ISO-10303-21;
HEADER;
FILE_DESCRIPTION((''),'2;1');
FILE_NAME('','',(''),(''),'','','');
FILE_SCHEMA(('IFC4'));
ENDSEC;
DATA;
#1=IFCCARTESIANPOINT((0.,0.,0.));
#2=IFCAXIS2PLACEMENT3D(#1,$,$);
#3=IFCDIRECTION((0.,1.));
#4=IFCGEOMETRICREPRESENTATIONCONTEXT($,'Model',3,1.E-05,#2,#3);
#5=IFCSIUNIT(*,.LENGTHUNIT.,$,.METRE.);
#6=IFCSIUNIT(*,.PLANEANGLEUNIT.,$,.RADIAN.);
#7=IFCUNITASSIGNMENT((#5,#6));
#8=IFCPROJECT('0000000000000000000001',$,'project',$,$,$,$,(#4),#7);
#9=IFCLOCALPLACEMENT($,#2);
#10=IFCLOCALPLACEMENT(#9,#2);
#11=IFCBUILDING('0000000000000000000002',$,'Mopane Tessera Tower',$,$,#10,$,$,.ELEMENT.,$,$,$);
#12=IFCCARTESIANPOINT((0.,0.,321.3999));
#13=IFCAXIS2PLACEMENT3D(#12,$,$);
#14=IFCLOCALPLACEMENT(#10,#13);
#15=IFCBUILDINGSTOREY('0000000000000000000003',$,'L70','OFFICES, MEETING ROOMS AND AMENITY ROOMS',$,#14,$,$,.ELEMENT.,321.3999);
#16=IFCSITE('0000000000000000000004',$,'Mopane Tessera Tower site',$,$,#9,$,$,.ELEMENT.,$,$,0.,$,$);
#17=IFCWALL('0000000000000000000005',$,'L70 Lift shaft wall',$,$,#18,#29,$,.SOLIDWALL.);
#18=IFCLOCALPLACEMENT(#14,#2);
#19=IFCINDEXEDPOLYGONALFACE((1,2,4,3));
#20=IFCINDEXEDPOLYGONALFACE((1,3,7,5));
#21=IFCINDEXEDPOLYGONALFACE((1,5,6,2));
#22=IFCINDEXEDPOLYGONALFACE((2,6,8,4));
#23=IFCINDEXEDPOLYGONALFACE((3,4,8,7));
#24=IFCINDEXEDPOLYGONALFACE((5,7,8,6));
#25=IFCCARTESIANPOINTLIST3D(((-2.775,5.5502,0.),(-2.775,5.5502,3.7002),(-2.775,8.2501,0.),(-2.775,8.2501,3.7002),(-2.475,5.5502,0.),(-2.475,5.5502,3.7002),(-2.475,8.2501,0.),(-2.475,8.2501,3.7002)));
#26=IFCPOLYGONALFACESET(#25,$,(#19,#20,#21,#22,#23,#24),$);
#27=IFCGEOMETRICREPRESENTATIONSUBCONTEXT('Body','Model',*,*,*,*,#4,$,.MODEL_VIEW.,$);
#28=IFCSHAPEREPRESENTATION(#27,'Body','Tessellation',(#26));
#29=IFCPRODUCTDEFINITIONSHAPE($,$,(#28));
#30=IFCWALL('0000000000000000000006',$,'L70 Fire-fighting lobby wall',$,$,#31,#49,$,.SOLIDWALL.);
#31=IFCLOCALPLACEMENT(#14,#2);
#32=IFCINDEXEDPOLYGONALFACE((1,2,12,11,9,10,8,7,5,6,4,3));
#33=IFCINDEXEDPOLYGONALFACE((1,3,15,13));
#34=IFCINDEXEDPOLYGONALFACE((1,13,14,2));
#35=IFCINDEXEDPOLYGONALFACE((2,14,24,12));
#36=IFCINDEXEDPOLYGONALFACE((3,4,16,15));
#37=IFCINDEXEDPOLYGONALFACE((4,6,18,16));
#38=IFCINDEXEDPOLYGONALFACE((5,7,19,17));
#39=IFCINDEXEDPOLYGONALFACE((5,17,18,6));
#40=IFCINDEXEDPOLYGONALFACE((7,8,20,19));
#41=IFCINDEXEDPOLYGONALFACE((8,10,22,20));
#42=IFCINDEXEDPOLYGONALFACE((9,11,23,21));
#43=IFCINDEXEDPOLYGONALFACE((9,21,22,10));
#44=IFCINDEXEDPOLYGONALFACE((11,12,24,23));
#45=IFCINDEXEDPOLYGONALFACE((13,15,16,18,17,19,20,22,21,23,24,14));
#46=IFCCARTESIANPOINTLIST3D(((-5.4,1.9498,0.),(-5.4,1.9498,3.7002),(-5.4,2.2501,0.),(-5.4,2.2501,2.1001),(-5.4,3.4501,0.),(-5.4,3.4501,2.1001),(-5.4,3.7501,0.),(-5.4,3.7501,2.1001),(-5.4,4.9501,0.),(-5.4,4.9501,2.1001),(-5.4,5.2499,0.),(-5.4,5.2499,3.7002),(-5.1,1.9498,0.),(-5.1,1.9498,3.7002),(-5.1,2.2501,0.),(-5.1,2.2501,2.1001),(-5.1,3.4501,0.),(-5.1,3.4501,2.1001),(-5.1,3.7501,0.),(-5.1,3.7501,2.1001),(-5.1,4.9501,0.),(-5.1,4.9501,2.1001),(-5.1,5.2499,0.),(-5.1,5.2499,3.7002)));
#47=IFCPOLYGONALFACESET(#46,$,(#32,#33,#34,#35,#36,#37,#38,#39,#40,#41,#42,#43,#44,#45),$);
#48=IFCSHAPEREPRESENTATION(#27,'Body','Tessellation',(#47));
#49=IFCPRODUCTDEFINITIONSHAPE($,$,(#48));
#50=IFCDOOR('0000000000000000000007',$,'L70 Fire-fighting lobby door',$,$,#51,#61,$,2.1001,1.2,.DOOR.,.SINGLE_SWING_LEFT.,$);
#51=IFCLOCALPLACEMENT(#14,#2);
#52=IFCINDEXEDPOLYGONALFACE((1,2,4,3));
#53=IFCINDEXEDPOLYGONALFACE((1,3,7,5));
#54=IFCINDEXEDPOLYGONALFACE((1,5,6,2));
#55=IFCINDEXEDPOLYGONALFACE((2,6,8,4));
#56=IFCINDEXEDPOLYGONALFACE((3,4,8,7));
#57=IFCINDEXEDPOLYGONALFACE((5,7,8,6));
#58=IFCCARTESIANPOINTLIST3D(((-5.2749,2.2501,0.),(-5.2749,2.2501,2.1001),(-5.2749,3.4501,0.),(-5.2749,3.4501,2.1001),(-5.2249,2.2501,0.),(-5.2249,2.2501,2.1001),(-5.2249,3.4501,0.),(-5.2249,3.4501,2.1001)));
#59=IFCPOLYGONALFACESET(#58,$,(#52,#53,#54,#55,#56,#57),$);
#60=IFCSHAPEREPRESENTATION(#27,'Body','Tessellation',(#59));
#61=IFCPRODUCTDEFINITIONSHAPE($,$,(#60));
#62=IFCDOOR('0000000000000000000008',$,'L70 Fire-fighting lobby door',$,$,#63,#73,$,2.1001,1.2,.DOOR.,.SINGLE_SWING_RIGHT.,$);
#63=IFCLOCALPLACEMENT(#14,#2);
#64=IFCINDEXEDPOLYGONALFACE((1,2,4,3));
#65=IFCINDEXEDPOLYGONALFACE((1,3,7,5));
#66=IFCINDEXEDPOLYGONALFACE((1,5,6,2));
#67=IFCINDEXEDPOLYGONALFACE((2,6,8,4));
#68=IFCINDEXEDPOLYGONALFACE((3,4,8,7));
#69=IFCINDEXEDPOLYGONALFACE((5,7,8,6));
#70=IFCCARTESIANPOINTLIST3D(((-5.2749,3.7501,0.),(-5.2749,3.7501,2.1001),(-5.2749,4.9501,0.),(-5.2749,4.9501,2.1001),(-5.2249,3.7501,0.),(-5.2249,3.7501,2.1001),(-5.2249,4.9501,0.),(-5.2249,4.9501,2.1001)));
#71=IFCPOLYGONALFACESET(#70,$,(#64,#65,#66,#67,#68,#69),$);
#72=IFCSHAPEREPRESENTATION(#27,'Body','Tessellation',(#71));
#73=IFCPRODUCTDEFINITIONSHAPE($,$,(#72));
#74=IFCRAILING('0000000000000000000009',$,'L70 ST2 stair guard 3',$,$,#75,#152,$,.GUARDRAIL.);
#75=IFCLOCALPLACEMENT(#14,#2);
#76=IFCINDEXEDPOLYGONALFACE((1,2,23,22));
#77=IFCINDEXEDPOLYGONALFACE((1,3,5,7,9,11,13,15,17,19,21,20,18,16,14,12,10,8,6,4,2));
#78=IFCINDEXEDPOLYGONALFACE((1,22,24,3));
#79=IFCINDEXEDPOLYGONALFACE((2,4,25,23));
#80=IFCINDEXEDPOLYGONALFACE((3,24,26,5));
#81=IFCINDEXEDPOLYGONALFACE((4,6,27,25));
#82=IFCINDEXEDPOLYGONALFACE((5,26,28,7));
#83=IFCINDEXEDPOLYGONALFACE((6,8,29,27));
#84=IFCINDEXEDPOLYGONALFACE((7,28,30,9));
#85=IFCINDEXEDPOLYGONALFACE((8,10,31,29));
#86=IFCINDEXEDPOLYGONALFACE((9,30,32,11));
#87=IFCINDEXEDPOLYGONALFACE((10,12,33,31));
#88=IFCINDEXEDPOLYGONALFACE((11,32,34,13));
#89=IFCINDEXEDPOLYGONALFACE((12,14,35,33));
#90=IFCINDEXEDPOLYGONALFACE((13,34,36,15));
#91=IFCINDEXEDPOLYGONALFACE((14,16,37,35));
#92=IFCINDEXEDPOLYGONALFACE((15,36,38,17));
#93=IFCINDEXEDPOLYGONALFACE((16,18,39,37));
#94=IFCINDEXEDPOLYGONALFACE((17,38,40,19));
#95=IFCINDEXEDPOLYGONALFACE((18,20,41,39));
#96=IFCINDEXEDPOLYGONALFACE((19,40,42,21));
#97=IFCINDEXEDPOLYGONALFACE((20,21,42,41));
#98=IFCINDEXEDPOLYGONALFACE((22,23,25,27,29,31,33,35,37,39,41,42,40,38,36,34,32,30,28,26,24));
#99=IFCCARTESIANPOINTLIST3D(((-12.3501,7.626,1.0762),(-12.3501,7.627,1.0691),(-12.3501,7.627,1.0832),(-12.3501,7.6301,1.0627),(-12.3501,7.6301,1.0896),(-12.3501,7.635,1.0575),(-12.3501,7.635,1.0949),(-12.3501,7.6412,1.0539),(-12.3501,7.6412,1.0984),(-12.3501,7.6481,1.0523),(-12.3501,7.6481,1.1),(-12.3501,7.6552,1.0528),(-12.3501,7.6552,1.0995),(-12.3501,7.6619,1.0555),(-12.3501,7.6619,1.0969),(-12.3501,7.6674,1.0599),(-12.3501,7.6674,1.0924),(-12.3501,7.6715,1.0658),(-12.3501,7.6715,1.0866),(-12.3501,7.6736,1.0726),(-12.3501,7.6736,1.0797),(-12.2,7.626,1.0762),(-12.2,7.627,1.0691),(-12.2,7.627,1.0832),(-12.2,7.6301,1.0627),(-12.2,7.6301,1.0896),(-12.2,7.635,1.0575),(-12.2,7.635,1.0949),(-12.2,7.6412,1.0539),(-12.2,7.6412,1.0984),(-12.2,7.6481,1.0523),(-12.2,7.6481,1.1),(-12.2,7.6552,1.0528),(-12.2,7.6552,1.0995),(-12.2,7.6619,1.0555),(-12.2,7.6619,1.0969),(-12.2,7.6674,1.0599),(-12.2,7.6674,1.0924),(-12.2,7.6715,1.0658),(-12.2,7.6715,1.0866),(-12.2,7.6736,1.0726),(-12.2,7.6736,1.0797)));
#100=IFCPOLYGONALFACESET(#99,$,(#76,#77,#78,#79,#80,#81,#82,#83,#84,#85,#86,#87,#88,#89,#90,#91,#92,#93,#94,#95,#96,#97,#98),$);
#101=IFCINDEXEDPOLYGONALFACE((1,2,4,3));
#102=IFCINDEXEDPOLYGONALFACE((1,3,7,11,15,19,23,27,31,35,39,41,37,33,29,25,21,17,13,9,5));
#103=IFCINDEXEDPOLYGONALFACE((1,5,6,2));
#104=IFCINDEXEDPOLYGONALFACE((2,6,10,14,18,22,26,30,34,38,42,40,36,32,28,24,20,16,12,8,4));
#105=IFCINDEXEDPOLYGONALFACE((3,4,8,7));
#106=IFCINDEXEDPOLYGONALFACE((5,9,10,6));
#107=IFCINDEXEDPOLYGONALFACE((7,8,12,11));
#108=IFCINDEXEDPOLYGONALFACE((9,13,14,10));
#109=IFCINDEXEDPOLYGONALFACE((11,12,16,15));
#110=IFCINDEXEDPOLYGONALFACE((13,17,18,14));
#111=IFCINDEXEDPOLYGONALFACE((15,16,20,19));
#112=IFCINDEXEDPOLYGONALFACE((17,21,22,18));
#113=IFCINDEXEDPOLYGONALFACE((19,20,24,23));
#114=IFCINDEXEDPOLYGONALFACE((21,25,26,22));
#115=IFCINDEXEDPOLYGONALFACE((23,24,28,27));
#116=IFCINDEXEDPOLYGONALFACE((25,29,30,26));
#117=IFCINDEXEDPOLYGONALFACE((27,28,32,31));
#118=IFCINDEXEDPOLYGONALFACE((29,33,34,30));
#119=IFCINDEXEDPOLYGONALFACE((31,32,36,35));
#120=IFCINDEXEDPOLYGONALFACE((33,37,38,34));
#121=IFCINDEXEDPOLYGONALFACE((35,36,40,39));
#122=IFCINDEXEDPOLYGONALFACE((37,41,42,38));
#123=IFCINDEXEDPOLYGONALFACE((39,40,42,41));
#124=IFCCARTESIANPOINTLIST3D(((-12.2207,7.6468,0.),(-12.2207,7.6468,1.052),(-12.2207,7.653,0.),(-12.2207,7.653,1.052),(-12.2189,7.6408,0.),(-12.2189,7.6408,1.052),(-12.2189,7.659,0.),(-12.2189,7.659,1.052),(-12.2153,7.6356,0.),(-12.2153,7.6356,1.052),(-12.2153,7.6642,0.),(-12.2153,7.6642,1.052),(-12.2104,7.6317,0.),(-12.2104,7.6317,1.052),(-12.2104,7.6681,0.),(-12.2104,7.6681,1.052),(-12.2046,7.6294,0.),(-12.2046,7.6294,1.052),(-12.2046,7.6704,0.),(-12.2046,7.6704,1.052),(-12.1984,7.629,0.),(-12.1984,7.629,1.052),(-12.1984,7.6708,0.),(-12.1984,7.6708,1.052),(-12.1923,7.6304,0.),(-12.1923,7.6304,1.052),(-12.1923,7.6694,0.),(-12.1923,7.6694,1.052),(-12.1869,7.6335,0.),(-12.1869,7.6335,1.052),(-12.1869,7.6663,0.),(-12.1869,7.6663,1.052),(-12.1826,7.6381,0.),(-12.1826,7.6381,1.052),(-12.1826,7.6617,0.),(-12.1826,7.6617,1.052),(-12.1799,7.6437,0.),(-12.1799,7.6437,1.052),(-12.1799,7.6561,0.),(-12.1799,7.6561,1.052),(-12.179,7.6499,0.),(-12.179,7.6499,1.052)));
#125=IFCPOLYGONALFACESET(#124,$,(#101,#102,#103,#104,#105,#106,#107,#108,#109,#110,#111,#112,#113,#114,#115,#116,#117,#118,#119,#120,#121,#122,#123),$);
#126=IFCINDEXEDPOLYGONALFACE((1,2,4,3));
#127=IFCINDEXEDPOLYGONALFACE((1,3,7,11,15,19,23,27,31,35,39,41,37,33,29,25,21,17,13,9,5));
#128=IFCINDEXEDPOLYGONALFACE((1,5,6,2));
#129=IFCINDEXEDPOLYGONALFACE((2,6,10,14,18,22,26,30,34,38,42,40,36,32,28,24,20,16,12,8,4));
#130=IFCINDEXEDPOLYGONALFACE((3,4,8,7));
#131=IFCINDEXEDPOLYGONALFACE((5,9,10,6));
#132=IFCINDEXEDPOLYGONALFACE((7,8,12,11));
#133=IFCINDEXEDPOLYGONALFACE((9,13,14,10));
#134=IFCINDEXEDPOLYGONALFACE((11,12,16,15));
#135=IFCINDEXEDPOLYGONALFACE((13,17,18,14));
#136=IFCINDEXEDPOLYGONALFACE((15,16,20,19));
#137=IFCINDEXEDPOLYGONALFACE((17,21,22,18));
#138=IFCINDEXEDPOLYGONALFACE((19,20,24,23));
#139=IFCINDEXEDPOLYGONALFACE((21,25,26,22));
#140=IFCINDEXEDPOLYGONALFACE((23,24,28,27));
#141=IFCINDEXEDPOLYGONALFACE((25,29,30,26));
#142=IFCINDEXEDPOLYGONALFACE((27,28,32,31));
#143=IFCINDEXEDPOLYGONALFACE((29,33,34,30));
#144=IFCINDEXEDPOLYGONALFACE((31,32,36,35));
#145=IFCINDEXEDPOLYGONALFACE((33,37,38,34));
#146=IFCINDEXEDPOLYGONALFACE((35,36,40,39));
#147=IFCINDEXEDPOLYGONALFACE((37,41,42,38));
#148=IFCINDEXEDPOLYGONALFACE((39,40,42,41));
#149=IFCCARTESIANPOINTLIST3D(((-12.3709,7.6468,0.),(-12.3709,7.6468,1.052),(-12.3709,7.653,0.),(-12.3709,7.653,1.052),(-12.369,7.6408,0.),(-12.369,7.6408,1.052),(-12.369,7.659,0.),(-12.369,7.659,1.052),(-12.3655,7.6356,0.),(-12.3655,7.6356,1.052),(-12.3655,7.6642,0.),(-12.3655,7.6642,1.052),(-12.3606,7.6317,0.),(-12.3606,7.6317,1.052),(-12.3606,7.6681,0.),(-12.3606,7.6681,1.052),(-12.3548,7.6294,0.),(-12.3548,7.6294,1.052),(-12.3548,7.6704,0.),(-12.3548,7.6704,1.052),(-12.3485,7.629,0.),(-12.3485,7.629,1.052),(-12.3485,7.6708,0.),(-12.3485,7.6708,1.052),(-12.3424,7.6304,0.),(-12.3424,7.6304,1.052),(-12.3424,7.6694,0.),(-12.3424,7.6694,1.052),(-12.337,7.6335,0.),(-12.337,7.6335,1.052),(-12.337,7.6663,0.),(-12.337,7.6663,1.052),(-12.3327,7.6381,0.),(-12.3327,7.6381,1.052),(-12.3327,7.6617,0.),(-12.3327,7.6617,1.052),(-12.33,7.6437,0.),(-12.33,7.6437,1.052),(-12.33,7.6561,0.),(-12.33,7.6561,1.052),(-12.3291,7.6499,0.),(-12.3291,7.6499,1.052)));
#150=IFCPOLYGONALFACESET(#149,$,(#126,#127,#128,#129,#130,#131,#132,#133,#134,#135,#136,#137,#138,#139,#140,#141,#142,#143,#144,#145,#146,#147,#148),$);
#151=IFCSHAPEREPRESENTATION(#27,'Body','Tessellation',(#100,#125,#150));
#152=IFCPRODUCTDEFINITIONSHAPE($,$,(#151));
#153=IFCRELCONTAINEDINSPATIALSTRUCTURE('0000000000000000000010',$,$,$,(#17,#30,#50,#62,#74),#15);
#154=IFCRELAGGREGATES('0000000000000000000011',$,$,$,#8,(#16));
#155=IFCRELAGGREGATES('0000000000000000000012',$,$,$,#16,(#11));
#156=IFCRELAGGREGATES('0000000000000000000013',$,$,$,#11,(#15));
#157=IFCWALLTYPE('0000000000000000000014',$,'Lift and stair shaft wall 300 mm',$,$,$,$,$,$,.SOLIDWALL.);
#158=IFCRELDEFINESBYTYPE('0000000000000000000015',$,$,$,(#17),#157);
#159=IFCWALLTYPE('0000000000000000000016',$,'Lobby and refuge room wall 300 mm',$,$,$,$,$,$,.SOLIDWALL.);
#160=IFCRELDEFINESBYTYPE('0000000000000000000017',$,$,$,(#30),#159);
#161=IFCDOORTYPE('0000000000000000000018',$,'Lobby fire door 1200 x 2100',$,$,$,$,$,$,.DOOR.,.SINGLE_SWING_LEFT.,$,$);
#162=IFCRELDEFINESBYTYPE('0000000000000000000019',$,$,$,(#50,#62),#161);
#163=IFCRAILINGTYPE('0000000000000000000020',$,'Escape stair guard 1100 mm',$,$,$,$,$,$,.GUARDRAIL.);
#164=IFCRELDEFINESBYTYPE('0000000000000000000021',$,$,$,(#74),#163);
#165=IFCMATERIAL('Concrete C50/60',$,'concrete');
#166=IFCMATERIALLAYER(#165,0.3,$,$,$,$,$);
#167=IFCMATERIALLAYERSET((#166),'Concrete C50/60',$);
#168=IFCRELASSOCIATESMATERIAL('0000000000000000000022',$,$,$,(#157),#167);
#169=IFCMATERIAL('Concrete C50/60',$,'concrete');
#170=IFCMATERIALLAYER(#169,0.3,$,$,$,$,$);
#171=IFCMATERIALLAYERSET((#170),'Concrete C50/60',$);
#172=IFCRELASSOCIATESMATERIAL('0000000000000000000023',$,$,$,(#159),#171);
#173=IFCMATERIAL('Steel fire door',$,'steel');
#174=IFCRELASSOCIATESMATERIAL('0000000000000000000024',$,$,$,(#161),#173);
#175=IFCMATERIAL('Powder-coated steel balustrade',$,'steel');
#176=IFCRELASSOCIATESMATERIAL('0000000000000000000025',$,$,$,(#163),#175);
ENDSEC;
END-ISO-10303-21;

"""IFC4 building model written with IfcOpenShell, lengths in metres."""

from ifc_helpers import new_model, si_unit, direction, frame, frame_2d, origin, origin_2d, place, context, subcontext, project, spatial, rectangle, circle, extrude, material, layer, layer_set, type_object, element, fill, save


model = new_model("IFC4")

# Units and contexts
model_context = context("Model", 3, precision=1e-05, world=origin(), true_north=direction((0.0, 1.0)))
body_context = subcontext(model_context, "Body", "Model", "MODEL_VIEW")
ifc_project = project(units=[si_unit("LENGTHUNIT", "METRE"), si_unit("PLANEANGLEUNIT", "RADIAN")], contexts=[model_context])

# Site, building, storey
site_placement = place(None, origin())
site = spatial("IfcSite", under=ifc_project, at=site_placement, Name="Mopane Tessera Tower site", CompositionType="ELEMENT", RefElevation=0.0)
building_placement = place(site_placement, origin())
building = spatial("IfcBuilding", under=site, at=building_placement, Name="Mopane Tessera Tower", CompositionType="ELEMENT")
storey_placement = place(building_placement, frame((0.0, 0.0, 321.3999)))
storey = spatial("IfcBuildingStorey", under=building, at=storey_placement, Name="L70", Description="OFFICES, MEETING ROOMS AND AMENITY ROOMS", CompositionType="ELEMENT", Elevation=321.3999)

# Shared definitions
ifc_material_1 = material(Name="Concrete C50/60", Category="concrete")
ifc_layer_1 = layer(ifc_material_1, 0.3)
ifc_layer_set_1 = layer_set([ifc_layer_1], Name="Concrete C50/60")
wall_type_1 = type_object("IfcWallType", Name="Lift and stair shaft wall 300 mm", PredefinedType="SOLIDWALL", material=ifc_layer_set_1)

# Wall
for number, where, z_axis, x_axis, name in (
    (1, (-2.625, 5.55, 0.0), (0.0, 0.0, 1.0), (0.0, 1.0, 0.0), "L70 Lift shaft wall"),
):
    element("IfcWall", number, at=place(storey_placement, frame(where, z_axis=z_axis, x_axis=x_axis)), inside=storey, type_object=wall_type_1, Name=name, PredefinedType="SOLIDWALL", context=body_context, shape_type="SweptSolid", body=[
        extrude(rectangle(XDim=2.7, YDim=0.3, at=frame_2d((1.3501, 0.0))), origin(), (0.0, 0.0, 1.0), 3.7002),
    ])

# Wall, openings, doors
ifc_material_2 = material(Name="Concrete C50/60", Category="concrete")
ifc_layer_2 = layer(ifc_material_2, 0.3)
ifc_layer_set_2 = layer_set([ifc_layer_2], Name="Concrete C50/60")
wall_type_2 = type_object("IfcWallType", Name="Lobby and refuge room wall 300 mm", PredefinedType="SOLIDWALL", material=ifc_layer_set_2)
wall_1_placement = place(storey_placement, frame((-5.25, 1.95, 0.0), z_axis=(0.0, 0.0, 1.0), x_axis=(0.0, 1.0, 0.0)))
wall_1 = element("IfcWall", 2, at=wall_1_placement, inside=storey, type_object=wall_type_2, Name="L70 Fire-fighting lobby wall", PredefinedType="SOLIDWALL", context=body_context, shape_type="SweptSolid", body=[
    extrude(rectangle(XDim=3.3, YDim=0.3, at=frame_2d((1.6499, 0.0))), origin(), (0.0, 0.0, 1.0), 3.7002),
])
opening_1_placement = place(wall_1_placement, frame((0.3, 0.0, 0.0)))
opening_1 = element("IfcOpeningElement", 3, at=opening_1_placement, cuts=wall_1, PredefinedType="OPENING", context=body_context, shape_type="SweptSolid", body=[
    extrude(rectangle(XDim=1.2, YDim=2.1001, at=frame_2d((0.6001, 1.05))), frame((0.0, 0.1621, 0.0), z_axis=(0.0, -1.0, 0.0), x_axis=(1.0, 0.0, 0.0)), (0.0, 0.0, 1.0), 0.324),
])
opening_2_placement = place(wall_1_placement, frame((1.8, 0.0, 0.0)))
opening_2 = element("IfcOpeningElement", 4, at=opening_2_placement, cuts=wall_1, PredefinedType="OPENING", context=body_context, shape_type="SweptSolid", body=[
    extrude(rectangle(XDim=1.2, YDim=2.1001, at=frame_2d((0.6001, 1.05))), frame((0.0, 0.1621, 0.0), z_axis=(0.0, -1.0, 0.0), x_axis=(1.0, 0.0, 0.0)), (0.0, 0.0, 1.0), 0.324),
])
ifc_material_3 = material(Name="Steel fire door", Category="steel")
door_type_1 = type_object("IfcDoorType", Name="Lobby fire door 1200 x 2100", OperationType="SINGLE_SWING_LEFT", PredefinedType="DOOR", material=ifc_material_3)
door_1_placement = place(opening_1_placement, origin())
door_1 = element("IfcDoor", 5, at=door_1_placement, inside=storey, type_object=door_type_1, Name="L70 Fire-fighting lobby door", OperationType="SINGLE_SWING_LEFT", OverallHeight=2.1001, OverallWidth=1.2, PredefinedType="DOOR", context=body_context, shape_type="SweptSolid", body=[
    extrude(rectangle(XDim=1.2, YDim=2.1001, at=frame_2d((0.6001, 1.05))), frame((0.0, 0.0249, 0.0), z_axis=(0.0, -1.0, 0.0), x_axis=(1.0, 0.0, 0.0)), (0.0, 0.0, 1.0), 0.05),
])
fill(opening_1, door_1)
door_2_placement = place(opening_2_placement, origin())
door_2 = element("IfcDoor", 6, at=door_2_placement, inside=storey, type_object=door_type_1, Name="L70 Fire-fighting lobby door", OperationType="SINGLE_SWING_RIGHT", OverallHeight=2.1001, OverallWidth=1.2, PredefinedType="DOOR", context=body_context, shape_type="SweptSolid", body=[
    extrude(rectangle(XDim=1.2, YDim=2.1001, at=frame_2d((0.6001, 1.05))), frame((0.0, 0.0249, 0.0), z_axis=(0.0, -1.0, 0.0), x_axis=(1.0, 0.0, 0.0)), (0.0, 0.0, 1.0), 0.05),
])
fill(opening_2, door_2)

# Railing
ifc_material_4 = material(Name="Powder-coated steel balustrade", Category="steel")
railing_type = type_object("IfcRailingType", Name="Escape stair guard 1100 mm", PredefinedType="GUARDRAIL", material=ifc_material_4)
railing_placement = place(storey_placement, frame((-12.2, 7.6499, 0.0)))
element("IfcRailing", 7, at=railing_placement, inside=storey, type_object=railing_type, Name="L70 ST2 stair guard 3", PredefinedType="GUARDRAIL", context=body_context, shape_type="SweptSolid", body=[
    extrude(circle(Radius=0.0239, at=origin_2d()), frame((0.0, 0.0, 1.0762), z_axis=(-1.0, 0.0, 0.0), x_axis=(0.0, -1.0, 0.0)), (0.0, 0.0, 1.0), 0.1501),
    extrude(circle(Radius=0.021, at=origin_2d()), origin(), (0.0, 0.0, 1.0), 1.052),
    extrude(circle(Radius=0.021, at=origin_2d()), frame((-0.1501, 0.0, 0.0)), (0.0, 0.0, 1.0), 1.052),
])

save(model, "model.ifc")
